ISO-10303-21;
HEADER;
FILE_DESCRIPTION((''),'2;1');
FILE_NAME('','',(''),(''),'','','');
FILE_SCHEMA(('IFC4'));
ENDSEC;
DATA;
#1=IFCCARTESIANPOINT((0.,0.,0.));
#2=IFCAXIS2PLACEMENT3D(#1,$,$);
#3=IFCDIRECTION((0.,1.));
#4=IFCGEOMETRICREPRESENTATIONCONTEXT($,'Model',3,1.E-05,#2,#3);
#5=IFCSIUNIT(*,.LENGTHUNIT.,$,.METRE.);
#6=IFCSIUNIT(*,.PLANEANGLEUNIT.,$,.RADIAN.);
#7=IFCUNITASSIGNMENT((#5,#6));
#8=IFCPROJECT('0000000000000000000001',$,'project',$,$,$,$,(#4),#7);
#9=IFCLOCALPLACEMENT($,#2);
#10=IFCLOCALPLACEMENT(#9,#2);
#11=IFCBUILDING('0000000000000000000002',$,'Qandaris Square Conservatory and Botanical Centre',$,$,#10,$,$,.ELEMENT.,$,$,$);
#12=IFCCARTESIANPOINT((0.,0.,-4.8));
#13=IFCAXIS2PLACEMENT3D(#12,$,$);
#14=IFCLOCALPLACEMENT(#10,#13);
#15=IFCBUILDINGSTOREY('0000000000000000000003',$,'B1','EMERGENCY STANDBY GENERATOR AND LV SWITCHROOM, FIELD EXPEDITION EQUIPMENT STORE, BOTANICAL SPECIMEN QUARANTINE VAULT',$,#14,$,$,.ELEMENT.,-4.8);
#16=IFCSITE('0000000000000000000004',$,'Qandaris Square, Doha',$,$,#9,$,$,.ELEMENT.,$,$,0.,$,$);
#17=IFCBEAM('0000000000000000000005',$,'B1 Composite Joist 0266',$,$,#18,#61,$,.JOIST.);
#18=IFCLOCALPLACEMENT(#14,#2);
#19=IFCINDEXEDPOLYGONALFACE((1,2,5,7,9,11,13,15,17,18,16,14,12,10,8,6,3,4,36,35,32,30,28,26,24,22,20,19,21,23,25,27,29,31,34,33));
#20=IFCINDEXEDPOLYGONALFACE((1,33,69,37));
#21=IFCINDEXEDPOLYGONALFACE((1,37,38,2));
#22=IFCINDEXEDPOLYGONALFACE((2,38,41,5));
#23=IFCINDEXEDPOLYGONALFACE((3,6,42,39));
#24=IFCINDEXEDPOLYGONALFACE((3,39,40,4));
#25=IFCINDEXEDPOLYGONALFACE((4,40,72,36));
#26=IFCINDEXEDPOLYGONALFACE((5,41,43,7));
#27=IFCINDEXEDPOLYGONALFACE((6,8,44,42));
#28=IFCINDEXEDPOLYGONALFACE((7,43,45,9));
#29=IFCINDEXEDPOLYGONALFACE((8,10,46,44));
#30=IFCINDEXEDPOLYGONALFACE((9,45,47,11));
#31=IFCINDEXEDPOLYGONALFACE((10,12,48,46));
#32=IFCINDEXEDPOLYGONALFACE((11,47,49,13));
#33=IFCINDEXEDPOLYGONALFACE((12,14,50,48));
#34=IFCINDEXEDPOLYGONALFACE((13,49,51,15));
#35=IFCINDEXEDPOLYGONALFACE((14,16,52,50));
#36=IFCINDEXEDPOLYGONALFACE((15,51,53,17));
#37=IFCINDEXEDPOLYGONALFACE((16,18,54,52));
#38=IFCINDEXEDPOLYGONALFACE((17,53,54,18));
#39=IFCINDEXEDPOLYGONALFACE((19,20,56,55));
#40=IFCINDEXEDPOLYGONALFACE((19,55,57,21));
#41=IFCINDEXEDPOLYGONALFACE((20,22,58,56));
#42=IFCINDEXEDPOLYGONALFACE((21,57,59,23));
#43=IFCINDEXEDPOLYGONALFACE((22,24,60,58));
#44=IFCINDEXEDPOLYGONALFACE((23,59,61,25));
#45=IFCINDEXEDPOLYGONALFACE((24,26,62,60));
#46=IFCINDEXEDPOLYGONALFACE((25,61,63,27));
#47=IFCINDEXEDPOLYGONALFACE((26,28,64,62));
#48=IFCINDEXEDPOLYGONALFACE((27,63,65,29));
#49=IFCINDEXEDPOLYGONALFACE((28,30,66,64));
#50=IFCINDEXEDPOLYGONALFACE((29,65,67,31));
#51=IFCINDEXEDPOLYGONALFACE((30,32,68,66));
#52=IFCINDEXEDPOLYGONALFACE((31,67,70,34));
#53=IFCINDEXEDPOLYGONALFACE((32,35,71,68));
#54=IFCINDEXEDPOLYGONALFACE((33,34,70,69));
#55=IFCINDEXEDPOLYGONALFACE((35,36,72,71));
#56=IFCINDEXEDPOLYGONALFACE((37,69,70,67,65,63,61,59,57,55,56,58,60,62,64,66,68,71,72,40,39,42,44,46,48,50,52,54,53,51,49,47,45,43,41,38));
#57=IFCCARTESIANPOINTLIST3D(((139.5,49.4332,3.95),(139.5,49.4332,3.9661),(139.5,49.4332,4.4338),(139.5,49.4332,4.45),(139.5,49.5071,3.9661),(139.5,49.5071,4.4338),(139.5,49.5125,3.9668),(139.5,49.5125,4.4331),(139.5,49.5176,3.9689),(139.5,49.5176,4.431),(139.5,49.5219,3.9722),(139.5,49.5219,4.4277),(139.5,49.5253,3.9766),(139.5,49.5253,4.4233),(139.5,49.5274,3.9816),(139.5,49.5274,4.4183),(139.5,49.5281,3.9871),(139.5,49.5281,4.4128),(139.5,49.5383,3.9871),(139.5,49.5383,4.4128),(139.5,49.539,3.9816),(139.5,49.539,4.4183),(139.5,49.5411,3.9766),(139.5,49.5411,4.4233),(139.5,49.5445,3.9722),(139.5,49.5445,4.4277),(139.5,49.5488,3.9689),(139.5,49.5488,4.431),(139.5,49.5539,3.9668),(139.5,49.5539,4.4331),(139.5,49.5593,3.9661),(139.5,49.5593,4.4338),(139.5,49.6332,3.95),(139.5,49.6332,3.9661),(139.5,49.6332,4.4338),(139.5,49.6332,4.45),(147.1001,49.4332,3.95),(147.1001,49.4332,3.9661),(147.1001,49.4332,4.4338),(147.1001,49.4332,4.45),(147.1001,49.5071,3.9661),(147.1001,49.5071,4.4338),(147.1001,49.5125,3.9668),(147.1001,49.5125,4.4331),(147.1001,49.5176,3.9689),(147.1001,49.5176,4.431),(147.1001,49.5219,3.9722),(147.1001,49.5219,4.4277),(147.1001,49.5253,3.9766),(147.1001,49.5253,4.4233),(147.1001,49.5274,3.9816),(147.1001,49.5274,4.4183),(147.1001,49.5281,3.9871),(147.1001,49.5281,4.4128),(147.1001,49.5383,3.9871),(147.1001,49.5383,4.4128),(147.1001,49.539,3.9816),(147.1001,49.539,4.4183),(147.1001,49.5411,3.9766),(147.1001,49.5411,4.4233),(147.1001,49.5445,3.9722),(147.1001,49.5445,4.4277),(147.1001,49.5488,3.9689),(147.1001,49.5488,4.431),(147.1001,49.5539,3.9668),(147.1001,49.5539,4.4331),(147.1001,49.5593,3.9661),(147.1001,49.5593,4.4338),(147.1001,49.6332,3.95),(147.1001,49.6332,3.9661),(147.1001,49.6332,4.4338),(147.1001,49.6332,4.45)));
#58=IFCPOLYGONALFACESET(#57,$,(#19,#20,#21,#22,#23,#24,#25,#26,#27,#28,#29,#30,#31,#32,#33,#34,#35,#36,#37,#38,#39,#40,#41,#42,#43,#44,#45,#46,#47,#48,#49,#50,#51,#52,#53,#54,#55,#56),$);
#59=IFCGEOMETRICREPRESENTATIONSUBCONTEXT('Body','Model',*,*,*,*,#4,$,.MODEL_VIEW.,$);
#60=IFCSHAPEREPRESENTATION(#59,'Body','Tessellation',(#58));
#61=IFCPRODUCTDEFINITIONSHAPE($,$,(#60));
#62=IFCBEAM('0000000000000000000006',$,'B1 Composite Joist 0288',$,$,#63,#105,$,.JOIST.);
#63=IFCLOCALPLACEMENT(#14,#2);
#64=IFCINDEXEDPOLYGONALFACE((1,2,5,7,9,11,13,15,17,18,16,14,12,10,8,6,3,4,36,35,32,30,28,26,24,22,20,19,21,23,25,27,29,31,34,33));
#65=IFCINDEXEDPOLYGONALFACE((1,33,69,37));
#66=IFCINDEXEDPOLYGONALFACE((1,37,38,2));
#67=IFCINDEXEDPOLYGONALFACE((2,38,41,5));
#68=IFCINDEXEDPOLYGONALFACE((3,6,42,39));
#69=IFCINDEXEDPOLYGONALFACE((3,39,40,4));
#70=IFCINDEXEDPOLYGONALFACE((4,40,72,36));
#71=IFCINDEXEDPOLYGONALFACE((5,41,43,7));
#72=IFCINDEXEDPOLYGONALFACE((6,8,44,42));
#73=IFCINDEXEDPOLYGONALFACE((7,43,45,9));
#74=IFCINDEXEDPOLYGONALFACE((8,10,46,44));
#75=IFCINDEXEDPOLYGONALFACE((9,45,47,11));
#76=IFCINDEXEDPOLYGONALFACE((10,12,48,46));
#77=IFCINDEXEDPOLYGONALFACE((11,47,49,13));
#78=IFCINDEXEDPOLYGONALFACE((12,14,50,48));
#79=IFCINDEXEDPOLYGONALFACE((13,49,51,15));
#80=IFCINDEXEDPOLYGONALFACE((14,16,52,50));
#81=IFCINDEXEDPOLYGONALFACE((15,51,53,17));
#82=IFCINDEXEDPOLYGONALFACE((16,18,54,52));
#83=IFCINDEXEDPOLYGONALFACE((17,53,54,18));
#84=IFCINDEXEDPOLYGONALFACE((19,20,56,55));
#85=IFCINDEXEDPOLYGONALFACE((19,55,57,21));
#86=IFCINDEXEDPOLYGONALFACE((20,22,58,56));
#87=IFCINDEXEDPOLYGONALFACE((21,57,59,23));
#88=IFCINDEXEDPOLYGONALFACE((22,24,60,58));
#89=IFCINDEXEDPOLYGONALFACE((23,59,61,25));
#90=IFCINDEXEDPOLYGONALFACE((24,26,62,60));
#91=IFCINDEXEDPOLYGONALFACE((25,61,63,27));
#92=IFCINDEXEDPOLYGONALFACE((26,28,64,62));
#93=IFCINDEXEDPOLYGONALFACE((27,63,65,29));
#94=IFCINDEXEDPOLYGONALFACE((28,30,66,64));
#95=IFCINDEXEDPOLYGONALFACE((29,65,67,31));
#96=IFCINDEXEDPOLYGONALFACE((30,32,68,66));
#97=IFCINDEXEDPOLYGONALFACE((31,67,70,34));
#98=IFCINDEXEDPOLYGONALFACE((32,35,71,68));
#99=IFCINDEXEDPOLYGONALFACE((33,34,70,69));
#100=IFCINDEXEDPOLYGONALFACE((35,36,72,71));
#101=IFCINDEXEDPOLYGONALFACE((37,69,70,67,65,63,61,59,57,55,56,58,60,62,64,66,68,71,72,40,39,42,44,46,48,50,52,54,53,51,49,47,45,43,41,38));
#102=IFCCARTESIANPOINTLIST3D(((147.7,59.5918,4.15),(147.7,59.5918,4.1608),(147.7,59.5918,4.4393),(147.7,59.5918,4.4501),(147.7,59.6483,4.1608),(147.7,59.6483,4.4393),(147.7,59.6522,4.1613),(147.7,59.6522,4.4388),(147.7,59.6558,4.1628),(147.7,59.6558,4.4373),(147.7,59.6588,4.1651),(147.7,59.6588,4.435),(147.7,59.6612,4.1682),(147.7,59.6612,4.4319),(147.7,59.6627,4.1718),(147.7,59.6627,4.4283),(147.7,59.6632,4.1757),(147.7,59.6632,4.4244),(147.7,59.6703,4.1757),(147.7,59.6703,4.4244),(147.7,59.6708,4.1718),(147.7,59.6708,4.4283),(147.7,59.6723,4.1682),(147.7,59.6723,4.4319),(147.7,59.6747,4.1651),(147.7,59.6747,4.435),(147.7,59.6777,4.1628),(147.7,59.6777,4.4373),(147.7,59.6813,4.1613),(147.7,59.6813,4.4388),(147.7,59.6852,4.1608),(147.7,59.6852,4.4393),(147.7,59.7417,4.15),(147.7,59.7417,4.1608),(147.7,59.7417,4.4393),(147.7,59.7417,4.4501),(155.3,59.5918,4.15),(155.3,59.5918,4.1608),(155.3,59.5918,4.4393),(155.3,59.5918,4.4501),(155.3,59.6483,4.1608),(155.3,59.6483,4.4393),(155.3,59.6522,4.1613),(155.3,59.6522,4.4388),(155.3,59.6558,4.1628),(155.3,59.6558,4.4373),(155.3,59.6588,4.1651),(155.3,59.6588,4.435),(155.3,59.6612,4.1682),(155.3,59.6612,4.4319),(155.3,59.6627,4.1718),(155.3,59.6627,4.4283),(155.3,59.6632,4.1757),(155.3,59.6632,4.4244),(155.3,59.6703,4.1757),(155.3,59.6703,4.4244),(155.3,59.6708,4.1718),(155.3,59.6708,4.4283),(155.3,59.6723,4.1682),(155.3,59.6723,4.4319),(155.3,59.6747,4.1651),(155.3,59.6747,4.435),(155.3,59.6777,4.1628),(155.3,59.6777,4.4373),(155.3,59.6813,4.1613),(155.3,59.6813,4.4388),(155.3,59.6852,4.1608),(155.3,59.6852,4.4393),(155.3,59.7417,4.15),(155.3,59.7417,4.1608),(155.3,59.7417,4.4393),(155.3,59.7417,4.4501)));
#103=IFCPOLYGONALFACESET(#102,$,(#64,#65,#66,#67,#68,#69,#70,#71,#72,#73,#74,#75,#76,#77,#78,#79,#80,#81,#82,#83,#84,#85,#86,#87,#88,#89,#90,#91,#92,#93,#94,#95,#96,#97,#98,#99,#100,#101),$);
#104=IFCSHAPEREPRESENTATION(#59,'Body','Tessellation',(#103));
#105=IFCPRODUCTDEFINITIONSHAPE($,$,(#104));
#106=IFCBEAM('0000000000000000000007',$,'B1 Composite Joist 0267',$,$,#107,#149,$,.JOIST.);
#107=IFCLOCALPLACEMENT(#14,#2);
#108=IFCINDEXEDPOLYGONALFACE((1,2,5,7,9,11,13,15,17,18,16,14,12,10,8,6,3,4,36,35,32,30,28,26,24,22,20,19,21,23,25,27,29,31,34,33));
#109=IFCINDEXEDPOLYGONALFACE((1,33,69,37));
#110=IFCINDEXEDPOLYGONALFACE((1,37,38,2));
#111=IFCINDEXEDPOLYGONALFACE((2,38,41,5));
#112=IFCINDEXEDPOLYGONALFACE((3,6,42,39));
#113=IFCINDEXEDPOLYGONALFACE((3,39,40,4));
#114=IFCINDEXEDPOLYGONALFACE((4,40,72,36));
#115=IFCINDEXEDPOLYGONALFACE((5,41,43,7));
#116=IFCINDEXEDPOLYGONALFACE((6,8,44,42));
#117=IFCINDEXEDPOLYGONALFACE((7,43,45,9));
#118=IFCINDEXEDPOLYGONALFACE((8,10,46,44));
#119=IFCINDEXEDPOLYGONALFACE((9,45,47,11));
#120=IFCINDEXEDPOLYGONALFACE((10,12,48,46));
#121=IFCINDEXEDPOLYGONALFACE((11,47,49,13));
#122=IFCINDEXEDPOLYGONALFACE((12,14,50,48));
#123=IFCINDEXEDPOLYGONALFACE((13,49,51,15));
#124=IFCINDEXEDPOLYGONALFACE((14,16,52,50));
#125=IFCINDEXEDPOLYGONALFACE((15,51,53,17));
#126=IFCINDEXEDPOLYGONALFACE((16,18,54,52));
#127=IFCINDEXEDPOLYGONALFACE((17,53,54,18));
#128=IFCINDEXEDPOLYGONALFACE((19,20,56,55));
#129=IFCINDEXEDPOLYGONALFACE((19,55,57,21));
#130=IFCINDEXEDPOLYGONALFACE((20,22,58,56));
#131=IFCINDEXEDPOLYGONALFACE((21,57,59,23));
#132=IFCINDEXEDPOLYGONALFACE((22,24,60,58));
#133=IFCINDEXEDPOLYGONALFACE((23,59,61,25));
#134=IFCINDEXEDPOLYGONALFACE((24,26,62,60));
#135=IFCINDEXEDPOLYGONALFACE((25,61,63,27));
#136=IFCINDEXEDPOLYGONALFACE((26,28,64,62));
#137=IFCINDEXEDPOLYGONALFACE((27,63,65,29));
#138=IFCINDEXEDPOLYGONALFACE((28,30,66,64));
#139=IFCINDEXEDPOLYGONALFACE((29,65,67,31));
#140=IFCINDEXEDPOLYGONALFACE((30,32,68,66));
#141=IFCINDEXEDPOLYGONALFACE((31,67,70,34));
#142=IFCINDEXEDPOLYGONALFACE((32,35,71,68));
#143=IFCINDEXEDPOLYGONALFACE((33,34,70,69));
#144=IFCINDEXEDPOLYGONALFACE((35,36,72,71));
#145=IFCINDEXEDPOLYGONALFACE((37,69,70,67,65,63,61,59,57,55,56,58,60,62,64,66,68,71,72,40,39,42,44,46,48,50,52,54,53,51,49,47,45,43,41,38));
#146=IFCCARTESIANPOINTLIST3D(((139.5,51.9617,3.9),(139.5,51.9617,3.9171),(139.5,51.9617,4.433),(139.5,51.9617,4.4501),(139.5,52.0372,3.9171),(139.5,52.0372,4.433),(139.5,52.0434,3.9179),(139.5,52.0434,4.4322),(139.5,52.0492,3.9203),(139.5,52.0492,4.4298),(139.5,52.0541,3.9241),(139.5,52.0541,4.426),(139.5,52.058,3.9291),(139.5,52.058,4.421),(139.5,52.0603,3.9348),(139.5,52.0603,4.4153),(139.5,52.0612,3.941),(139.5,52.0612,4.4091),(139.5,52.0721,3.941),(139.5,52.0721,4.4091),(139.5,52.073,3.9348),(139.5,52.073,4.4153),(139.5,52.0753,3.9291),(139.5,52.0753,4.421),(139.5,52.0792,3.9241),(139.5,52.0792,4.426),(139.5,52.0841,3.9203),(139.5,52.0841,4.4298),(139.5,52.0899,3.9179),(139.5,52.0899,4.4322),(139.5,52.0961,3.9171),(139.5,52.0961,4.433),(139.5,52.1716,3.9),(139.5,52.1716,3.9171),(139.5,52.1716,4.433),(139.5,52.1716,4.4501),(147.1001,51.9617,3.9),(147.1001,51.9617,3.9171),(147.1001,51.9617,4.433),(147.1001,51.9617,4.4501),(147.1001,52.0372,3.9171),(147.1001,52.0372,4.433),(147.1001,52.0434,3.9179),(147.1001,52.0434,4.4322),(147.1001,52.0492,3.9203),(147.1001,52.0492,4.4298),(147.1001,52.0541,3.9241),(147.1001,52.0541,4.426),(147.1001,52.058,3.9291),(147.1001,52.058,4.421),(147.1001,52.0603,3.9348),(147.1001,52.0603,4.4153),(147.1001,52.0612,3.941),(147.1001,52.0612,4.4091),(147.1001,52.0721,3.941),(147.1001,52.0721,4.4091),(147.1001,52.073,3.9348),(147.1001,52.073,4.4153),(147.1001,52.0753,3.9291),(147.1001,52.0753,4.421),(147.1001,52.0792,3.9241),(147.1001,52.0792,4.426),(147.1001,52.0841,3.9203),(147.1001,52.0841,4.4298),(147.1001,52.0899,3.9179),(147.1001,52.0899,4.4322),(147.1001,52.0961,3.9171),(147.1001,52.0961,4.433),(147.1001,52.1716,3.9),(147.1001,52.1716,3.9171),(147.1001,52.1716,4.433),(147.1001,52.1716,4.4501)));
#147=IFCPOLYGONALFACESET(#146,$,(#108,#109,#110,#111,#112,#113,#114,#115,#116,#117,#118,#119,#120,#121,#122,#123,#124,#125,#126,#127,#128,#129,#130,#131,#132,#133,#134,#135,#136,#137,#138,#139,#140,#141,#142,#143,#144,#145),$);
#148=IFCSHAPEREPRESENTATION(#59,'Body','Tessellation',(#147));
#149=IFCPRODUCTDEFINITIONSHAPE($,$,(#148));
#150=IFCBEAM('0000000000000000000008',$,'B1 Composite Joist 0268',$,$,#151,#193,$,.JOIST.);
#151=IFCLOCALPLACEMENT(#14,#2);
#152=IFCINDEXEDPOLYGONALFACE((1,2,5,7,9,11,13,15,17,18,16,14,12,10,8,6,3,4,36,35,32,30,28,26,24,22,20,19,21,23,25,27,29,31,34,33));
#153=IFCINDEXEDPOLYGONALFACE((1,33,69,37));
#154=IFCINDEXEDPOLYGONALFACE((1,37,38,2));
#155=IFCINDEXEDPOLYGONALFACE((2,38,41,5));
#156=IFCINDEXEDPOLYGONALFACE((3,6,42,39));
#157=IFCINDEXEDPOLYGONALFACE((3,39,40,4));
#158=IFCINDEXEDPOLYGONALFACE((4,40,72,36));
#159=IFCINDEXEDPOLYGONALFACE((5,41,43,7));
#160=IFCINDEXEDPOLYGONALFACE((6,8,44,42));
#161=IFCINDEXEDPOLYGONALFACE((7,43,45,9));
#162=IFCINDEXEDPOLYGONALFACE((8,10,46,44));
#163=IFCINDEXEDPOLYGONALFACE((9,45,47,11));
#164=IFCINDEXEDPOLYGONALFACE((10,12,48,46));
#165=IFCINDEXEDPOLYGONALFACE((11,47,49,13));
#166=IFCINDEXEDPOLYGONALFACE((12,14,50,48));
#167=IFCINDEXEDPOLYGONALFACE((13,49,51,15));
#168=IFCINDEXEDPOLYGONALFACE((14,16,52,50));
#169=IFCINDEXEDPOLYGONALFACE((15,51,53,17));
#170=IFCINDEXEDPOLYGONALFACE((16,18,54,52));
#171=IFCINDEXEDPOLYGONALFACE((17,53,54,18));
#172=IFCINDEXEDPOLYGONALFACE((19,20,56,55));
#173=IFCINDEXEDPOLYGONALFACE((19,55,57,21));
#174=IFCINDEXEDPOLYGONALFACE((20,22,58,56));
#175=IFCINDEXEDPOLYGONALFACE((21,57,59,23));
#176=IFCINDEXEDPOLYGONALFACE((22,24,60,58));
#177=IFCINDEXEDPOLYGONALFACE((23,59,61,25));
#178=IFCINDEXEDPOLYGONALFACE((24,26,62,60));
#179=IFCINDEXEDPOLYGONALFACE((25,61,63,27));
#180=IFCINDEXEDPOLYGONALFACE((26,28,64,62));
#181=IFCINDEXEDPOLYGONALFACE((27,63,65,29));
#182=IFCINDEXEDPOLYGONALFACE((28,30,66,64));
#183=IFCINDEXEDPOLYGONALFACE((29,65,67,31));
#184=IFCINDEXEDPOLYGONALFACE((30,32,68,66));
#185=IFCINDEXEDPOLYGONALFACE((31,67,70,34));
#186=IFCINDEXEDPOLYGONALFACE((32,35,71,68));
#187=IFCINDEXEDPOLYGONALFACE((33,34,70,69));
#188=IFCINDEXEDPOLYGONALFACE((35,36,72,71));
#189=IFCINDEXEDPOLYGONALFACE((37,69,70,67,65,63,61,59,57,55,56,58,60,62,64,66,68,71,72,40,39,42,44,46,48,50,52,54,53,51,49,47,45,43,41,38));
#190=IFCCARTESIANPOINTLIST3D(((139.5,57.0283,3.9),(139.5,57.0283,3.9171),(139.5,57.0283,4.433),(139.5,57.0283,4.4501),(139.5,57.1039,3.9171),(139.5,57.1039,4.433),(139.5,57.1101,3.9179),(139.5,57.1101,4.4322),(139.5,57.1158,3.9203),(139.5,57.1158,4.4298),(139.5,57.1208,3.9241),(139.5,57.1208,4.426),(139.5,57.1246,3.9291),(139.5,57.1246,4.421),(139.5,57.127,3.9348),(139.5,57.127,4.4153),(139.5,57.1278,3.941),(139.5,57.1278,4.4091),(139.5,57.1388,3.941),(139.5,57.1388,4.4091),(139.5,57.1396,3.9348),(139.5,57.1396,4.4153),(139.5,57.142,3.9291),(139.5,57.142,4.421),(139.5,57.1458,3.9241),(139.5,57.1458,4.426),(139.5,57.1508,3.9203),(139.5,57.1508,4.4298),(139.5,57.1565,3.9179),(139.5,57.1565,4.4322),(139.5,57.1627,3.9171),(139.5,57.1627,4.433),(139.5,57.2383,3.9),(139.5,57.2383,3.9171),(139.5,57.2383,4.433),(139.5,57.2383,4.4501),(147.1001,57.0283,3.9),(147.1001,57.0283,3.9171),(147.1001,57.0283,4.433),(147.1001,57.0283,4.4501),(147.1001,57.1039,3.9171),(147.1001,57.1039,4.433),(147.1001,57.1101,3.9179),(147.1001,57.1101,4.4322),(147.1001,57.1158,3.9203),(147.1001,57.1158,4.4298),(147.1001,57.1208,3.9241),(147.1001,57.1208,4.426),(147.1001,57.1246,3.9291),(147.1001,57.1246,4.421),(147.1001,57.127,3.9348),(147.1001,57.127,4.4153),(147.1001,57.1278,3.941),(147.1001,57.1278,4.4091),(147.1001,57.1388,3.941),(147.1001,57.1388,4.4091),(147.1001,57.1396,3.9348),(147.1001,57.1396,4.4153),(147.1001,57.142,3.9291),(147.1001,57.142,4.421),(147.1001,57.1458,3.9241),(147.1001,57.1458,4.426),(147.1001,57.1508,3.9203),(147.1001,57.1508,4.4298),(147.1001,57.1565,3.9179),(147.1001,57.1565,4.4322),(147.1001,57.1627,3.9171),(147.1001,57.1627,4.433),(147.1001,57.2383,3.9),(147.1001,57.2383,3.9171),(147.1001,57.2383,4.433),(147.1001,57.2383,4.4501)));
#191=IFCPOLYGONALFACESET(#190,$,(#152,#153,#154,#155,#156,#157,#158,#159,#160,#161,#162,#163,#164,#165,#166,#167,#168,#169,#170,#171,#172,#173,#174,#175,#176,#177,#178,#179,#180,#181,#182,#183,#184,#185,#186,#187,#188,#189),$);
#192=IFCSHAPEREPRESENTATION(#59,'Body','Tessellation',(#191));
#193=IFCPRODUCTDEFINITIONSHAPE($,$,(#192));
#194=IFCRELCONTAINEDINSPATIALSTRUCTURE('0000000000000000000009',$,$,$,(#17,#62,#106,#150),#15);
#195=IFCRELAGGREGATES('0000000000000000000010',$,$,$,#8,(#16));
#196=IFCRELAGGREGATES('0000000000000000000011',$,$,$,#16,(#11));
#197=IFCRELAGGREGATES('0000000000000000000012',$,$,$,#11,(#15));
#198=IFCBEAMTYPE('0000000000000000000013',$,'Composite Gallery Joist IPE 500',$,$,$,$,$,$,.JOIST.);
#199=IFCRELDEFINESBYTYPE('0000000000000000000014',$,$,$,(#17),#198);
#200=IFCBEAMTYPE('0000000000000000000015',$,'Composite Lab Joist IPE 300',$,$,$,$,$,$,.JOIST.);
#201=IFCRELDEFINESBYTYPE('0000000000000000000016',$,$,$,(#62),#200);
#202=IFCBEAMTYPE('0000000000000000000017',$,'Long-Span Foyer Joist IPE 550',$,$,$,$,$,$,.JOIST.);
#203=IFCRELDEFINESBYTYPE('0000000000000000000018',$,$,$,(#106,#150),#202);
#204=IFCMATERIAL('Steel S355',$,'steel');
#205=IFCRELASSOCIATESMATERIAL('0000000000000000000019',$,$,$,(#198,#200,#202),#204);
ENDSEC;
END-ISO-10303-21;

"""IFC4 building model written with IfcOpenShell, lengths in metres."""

from ifc_helpers import new_model, si_unit, direction, frame, origin, origin_2d, place, context, subcontext, project, spatial, i_section, extrude, material, material_profile, profile_set, type_object, element, save


model = new_model("IFC4")

# Units and contexts
model_context = context("Model", 3, precision=1e-05, world=origin(), true_north=direction((0.0, 1.0)))
body_context = subcontext(model_context, "Body", "Model", "MODEL_VIEW")
ifc_project = project(units=[si_unit("LENGTHUNIT", "METRE"), si_unit("PLANEANGLEUNIT", "RADIAN")], contexts=[model_context])

# Site, building, storey
site_placement = place(None, origin())
site = spatial("IfcSite", under=ifc_project, at=site_placement, Name="Qandaris Square, Doha", CompositionType="ELEMENT", RefElevation=0.0)
building_placement = place(site_placement, origin())
building = spatial("IfcBuilding", under=site, at=building_placement, Name="Qandaris Square Conservatory and Botanical Centre", CompositionType="ELEMENT")
storey_placement = place(building_placement, frame((0.0, 0.0, -4.8)))
storey = spatial("IfcBuildingStorey", under=building, at=storey_placement, Name="B1", Description="EMERGENCY STANDBY GENERATOR AND LV SWITCHROOM, FIELD EXPEDITION EQUIPMENT STORE, BOTANICAL SPECIMEN QUARANTINE VAULT", CompositionType="ELEMENT", Elevation=-4.8)

# Beams
ifc_material_1 = material(Name="Steel S355", Category="steel")
ifc_material_profile_1 = material_profile(ifc_material_1, i_section(OverallWidth=0.2, OverallDepth=0.5, WebThickness=0.0103, FlangeThickness=0.0161, FilletRadius=0.021, at=origin_2d()), Name="IPE 500")
ifc_profile_set_1 = profile_set([ifc_material_profile_1], Name="Steel S355")
beam_type_1 = type_object("IfcBeamType", Name="Composite Gallery Joist IPE 500", PredefinedType="JOIST", material=ifc_profile_set_1)
beam_1_placement = place(storey_placement, frame((139.5, 49.5332, 4.2), z_axis=(1.0, 0.0, 0.0), x_axis=(0.0, 1.0, 0.0)))
element("IfcBeam", 1, at=beam_1_placement, inside=storey, type_object=beam_type_1, Name="B1 Composite Joist 0266", PredefinedType="JOIST", context=body_context, shape_type="SweptSolid", body=[
    extrude(i_section(OverallWidth=0.2, OverallDepth=0.5, WebThickness=0.0103, FlangeThickness=0.0161, FilletRadius=0.021, at=origin_2d()), origin(), (0.0, 0.0, 1.0), 7.6001),
])
ifc_material_profile_2 = material_profile(ifc_material_1, i_section(OverallWidth=0.1499, OverallDepth=0.3, WebThickness=0.0071, FlangeThickness=0.0107, FilletRadius=0.0149, at=origin_2d()), Name="IPE 300")
ifc_profile_set_2 = profile_set([ifc_material_profile_2], Name="Steel S355")
beam_type_2 = type_object("IfcBeamType", Name="Composite Lab Joist IPE 300", PredefinedType="JOIST", material=ifc_profile_set_2)
beam_2_placement = place(storey_placement, frame((147.7, 59.6667, 4.3), z_axis=(1.0, 0.0, 0.0), x_axis=(0.0, 1.0, 0.0)))
element("IfcBeam", 2, at=beam_2_placement, inside=storey, type_object=beam_type_2, Name="B1 Composite Joist 0288", PredefinedType="JOIST", context=body_context, shape_type="SweptSolid", body=[
    extrude(i_section(OverallWidth=0.1499, OverallDepth=0.3, WebThickness=0.0071, FlangeThickness=0.0107, FilletRadius=0.0149, at=origin_2d()), origin(), (0.0, 0.0, 1.0), 7.6001),
])
ifc_material_profile_3 = material_profile(ifc_material_1, i_section(OverallWidth=0.21, OverallDepth=0.55, WebThickness=0.011, FlangeThickness=0.0171, FilletRadius=0.0239, at=origin_2d()), Name="IPE 550")
ifc_profile_set_3 = profile_set([ifc_material_profile_3], Name="Steel S355")
beam_type_3 = type_object("IfcBeamType", Name="Long-Span Foyer Joist IPE 550", PredefinedType="JOIST", material=ifc_profile_set_3)
for number, where, z_axis, x_axis, name in (
    (3, (139.5, 52.0667, 4.175), (1.0, 0.0, 0.0), (0.0, 1.0, 0.0), "B1 Composite Joist 0267"),
    (4, (139.5, 57.1333, 4.175), (1.0, 0.0, 0.0), (0.0, 1.0, 0.0), "B1 Composite Joist 0268"),
):
    element("IfcBeam", number, at=place(storey_placement, frame(where, z_axis=z_axis, x_axis=x_axis)), inside=storey, type_object=beam_type_3, Name=name, PredefinedType="JOIST", context=body_context, shape_type="SweptSolid", body=[
        extrude(i_section(OverallWidth=0.21, OverallDepth=0.55, WebThickness=0.011, FlangeThickness=0.0171, FilletRadius=0.0239, at=origin_2d()), origin(), (0.0, 0.0, 1.0), 7.6001),
    ])

save(model, "model.ifc")
